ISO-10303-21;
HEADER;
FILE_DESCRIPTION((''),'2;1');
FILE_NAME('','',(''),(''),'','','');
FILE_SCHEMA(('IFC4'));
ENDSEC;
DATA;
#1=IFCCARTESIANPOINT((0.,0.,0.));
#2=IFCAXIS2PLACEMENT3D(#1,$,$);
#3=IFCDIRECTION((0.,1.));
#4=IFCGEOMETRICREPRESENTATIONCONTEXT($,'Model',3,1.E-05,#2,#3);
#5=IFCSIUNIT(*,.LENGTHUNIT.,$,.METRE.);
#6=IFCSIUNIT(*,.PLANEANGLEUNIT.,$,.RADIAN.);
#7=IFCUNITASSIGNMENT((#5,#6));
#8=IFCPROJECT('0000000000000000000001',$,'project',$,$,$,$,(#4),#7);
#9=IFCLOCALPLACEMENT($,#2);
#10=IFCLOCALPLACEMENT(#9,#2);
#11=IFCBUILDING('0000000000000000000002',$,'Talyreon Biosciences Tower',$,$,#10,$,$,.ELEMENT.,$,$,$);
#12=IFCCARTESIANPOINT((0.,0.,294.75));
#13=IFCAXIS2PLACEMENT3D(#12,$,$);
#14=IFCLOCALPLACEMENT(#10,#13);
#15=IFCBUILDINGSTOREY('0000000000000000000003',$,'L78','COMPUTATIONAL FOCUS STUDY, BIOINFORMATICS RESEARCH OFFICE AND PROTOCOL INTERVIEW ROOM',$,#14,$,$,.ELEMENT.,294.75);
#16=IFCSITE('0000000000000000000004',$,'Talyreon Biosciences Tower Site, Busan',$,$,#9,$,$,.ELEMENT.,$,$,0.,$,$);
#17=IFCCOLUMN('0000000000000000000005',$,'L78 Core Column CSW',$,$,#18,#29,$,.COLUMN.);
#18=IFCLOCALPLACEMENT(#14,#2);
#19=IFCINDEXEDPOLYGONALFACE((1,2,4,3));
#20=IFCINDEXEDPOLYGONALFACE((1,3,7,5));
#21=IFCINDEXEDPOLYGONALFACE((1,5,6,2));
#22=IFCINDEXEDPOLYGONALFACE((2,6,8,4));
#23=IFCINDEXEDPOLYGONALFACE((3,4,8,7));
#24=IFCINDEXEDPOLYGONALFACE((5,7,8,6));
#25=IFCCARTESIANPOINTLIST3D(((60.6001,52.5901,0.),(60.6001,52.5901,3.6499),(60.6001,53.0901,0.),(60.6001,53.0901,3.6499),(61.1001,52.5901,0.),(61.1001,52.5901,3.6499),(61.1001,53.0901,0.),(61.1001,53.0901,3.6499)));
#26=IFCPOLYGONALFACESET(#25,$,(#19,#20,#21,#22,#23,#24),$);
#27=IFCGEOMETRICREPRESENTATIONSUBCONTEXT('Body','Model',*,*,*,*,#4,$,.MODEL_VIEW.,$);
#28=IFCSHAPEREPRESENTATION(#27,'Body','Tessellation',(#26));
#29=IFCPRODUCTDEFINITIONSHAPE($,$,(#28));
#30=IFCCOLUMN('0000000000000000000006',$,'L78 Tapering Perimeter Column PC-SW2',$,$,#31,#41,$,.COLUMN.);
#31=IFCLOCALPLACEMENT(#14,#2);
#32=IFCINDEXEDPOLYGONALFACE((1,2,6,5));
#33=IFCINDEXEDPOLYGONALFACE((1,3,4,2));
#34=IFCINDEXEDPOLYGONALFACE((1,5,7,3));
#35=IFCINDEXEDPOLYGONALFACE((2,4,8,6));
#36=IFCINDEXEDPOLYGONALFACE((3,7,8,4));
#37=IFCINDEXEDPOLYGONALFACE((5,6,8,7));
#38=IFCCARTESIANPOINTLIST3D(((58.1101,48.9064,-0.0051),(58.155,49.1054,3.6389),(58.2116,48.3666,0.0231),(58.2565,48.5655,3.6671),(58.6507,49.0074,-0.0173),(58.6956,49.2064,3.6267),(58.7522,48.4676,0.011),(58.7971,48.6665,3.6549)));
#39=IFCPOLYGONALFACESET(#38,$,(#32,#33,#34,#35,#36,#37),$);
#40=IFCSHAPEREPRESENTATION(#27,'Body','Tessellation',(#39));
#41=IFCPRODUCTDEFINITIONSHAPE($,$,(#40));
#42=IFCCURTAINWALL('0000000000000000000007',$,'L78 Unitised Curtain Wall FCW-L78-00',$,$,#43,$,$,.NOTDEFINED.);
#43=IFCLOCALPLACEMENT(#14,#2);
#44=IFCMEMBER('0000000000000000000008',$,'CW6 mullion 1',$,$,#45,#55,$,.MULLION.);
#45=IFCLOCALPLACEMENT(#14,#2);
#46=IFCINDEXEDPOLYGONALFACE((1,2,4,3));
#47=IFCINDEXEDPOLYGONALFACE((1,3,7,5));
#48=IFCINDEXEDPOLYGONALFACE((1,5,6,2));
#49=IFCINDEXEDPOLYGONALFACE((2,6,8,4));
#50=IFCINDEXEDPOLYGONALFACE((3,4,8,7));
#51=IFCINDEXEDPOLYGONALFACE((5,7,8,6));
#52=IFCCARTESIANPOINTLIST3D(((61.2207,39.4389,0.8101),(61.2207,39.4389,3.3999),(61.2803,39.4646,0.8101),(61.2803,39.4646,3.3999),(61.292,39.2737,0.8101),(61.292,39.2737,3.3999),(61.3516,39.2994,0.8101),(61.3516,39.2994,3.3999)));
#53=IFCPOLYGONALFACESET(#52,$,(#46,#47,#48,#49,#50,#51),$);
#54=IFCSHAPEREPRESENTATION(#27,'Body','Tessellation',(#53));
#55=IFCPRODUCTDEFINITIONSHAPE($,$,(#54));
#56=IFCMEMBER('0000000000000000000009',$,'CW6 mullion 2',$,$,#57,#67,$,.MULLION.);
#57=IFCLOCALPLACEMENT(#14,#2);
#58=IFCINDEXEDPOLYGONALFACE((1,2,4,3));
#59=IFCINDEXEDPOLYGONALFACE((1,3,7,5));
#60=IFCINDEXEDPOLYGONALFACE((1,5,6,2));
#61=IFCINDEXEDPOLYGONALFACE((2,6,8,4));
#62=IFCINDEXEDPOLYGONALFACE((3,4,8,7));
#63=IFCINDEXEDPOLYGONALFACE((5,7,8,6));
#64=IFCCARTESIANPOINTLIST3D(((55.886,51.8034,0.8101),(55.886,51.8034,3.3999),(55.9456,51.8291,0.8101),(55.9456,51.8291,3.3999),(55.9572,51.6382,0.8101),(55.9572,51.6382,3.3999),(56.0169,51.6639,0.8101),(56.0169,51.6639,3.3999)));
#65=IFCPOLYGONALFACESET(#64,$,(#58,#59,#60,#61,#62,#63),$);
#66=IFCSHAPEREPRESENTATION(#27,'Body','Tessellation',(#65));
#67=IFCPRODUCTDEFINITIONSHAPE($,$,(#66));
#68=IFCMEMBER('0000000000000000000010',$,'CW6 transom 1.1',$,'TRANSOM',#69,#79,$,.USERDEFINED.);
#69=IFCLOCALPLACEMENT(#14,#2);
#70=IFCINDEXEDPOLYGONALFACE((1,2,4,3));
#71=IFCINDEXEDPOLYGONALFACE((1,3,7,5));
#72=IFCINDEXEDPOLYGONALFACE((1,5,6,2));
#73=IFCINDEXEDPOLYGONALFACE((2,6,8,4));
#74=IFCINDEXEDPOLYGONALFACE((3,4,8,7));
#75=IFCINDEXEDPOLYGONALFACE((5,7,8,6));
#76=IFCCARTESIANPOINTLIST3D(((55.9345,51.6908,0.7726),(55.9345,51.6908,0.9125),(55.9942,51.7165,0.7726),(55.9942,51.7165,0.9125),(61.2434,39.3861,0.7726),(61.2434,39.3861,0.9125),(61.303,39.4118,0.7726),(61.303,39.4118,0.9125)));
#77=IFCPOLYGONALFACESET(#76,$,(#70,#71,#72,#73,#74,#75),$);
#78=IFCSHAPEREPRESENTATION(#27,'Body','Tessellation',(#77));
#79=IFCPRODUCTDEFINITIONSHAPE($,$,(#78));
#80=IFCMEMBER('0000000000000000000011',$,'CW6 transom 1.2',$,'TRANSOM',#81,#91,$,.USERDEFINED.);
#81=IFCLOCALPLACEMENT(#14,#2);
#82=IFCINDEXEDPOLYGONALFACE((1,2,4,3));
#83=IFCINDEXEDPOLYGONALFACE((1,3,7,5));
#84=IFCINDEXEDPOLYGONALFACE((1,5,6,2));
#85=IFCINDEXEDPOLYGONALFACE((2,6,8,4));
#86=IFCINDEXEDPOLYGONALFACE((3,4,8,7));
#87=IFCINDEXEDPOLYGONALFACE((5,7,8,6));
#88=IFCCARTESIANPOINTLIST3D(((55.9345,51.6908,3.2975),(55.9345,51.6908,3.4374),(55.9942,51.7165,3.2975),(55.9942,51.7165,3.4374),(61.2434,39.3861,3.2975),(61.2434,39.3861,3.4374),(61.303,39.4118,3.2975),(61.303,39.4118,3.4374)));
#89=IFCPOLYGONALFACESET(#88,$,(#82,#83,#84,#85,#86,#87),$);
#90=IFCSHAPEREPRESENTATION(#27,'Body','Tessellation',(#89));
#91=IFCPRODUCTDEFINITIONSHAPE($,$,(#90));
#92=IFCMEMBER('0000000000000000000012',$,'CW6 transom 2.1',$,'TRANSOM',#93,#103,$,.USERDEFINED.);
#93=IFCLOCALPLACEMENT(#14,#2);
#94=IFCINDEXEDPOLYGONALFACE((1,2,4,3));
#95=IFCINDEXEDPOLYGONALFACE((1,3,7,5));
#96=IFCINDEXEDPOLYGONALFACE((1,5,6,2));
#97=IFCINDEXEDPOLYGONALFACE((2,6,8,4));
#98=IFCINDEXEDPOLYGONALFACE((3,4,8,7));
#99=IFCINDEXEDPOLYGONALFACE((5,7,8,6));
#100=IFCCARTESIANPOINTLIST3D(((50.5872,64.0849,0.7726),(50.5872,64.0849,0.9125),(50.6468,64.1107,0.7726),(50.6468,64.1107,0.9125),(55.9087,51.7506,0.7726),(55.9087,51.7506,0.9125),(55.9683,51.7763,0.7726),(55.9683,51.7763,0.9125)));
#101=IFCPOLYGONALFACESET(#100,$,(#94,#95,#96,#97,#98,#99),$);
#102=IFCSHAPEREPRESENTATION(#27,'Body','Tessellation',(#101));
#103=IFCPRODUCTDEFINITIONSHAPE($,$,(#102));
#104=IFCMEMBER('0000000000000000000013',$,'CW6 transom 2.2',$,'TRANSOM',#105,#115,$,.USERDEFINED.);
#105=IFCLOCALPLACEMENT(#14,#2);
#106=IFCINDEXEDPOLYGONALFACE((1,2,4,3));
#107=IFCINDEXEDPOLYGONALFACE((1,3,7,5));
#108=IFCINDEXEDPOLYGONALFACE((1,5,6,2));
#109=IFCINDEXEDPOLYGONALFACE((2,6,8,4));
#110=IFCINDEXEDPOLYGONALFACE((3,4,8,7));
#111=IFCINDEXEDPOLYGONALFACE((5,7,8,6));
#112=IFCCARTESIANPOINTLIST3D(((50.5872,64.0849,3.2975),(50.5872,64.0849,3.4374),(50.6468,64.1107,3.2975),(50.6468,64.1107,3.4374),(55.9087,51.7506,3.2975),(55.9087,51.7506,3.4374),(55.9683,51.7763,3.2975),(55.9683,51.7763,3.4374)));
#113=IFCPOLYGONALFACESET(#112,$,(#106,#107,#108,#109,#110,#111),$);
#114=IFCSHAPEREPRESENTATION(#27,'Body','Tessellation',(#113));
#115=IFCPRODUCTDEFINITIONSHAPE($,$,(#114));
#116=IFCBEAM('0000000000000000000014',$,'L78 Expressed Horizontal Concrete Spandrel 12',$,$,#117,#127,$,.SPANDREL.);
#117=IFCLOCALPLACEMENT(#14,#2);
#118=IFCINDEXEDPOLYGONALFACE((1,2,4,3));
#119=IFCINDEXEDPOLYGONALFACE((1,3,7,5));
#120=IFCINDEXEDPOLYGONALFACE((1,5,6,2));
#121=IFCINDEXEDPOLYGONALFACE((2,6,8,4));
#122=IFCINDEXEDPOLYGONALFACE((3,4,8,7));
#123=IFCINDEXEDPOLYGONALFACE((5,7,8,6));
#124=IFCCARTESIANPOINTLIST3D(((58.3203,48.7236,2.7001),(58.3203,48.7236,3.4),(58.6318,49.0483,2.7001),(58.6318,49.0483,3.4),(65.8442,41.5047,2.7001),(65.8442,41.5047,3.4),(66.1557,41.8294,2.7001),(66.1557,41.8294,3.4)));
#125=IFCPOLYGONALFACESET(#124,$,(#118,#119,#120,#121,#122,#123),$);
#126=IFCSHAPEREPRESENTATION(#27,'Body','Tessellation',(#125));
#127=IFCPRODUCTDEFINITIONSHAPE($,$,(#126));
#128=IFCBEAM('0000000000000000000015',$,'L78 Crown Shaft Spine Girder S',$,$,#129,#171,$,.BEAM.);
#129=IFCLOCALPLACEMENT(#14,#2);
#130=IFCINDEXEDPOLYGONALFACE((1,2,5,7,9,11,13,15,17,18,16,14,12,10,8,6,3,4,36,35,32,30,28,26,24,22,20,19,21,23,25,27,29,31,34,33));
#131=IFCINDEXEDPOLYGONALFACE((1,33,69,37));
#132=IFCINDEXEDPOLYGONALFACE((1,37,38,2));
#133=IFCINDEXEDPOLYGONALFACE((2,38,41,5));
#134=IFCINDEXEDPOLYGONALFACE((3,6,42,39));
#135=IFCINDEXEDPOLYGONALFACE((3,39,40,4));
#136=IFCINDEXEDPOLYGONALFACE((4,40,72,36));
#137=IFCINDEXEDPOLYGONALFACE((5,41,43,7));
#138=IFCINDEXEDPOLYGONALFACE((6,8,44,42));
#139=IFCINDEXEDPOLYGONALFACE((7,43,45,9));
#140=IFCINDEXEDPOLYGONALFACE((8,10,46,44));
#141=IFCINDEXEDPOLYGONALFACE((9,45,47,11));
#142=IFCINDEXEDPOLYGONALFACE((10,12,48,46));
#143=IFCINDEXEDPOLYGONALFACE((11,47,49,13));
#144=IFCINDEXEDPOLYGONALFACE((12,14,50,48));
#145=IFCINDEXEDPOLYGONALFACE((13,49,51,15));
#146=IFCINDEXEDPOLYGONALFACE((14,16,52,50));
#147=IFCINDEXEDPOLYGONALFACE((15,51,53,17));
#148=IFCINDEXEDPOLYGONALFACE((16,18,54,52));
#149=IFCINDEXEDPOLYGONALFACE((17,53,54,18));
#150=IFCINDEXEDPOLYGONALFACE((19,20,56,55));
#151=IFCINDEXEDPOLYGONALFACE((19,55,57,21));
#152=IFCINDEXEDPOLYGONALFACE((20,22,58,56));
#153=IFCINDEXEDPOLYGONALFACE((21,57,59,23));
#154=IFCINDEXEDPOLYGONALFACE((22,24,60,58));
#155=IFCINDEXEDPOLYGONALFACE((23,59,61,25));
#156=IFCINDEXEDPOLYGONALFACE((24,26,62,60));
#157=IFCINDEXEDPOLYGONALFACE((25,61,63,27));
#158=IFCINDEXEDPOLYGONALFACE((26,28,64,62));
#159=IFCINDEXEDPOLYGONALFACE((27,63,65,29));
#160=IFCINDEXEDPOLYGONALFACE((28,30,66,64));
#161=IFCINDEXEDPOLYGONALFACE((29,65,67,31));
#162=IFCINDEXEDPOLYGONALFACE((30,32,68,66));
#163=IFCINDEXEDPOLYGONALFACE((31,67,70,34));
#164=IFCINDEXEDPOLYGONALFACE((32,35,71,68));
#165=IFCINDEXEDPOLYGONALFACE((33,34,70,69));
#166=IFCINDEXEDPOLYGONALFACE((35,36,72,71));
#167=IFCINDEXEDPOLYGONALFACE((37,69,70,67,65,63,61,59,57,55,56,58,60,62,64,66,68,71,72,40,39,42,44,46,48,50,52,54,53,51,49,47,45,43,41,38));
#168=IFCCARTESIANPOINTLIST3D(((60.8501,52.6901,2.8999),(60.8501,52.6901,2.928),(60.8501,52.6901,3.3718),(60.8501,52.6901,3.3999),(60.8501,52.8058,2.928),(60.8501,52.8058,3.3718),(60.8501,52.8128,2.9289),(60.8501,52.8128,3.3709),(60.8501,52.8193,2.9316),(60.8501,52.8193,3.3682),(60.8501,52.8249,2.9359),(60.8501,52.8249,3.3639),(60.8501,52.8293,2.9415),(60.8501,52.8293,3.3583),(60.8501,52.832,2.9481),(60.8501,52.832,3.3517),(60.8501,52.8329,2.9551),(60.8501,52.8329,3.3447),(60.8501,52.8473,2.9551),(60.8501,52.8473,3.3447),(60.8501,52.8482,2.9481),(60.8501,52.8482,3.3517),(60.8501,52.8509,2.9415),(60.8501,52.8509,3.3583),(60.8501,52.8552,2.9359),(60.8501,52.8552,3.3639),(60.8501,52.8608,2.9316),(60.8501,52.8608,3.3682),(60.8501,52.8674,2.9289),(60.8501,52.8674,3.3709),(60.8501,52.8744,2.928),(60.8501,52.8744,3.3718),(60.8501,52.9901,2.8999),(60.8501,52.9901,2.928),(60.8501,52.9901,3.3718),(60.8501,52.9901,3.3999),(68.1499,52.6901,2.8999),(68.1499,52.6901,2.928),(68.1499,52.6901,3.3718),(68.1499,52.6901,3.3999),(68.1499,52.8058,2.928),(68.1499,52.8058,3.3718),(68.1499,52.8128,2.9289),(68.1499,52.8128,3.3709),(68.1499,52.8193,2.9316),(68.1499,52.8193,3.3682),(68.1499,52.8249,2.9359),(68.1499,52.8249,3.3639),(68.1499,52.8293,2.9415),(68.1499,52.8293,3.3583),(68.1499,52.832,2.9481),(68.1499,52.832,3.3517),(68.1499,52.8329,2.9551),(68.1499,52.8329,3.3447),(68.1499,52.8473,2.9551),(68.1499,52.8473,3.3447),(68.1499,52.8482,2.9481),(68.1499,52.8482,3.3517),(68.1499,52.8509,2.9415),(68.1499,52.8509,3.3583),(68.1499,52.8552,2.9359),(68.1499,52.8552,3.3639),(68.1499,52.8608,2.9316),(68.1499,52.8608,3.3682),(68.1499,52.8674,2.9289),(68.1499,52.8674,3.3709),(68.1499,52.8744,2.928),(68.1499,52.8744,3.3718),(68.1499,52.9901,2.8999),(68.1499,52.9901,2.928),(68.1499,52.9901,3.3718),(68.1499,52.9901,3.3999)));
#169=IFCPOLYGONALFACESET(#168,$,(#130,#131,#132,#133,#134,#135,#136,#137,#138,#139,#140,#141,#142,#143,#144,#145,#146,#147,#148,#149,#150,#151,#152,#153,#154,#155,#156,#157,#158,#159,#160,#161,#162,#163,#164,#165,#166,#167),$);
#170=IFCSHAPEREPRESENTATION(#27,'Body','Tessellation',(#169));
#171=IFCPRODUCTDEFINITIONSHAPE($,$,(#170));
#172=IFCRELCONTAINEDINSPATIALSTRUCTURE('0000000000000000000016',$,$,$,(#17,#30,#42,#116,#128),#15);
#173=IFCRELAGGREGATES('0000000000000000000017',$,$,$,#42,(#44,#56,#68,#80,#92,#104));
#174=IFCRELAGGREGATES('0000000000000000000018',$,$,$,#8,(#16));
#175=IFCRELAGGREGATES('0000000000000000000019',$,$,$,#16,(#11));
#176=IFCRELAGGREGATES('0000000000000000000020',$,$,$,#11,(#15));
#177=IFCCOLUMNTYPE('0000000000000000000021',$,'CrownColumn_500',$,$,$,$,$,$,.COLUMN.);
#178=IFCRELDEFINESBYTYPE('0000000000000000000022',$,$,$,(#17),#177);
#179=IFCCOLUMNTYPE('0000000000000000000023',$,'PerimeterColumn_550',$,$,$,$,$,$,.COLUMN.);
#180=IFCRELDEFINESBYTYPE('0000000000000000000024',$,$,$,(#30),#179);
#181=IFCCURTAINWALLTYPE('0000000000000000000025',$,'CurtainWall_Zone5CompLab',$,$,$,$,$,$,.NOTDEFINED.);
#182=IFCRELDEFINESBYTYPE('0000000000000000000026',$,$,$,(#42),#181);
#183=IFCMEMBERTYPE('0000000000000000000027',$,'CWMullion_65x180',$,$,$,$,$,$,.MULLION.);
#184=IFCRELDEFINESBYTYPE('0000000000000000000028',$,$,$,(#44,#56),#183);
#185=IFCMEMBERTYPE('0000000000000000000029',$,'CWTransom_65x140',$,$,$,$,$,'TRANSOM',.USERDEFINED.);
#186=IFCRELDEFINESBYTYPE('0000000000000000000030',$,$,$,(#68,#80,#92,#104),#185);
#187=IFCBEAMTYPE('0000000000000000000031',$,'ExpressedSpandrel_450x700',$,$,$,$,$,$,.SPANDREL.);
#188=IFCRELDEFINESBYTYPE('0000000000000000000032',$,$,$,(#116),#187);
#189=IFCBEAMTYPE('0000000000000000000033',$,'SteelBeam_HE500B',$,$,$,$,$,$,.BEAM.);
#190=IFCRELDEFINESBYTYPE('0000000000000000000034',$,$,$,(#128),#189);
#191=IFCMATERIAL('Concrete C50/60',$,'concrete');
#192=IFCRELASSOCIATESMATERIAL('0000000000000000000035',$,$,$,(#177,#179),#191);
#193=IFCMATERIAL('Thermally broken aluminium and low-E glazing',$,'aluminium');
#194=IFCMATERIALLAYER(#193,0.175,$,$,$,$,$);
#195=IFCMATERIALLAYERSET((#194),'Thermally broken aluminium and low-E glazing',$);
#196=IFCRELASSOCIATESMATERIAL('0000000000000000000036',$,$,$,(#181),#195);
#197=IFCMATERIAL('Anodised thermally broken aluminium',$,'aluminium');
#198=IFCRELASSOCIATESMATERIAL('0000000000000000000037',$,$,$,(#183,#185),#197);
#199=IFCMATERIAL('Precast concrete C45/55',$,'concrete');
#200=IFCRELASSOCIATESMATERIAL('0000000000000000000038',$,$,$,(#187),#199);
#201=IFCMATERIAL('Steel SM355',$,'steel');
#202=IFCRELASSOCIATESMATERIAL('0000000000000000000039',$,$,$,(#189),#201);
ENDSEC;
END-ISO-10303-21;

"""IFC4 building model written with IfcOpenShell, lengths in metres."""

from ifc_helpers import new_model, si_unit, direction, frame, origin, origin_2d, place, context, subcontext, project, spatial, rectangle, i_section, extrude, material, layer, layer_set, material_profile, profile_set, type_object, element, aggregate, save


model = new_model("IFC4")

# Units and contexts
model_context = context("Model", 3, precision=1e-05, world=origin(), true_north=direction((0.0, 1.0)))
body_context = subcontext(model_context, "Body", "Model", "MODEL_VIEW")
ifc_project = project(units=[si_unit("LENGTHUNIT", "METRE"), si_unit("PLANEANGLEUNIT", "RADIAN")], contexts=[model_context])

# Site, building, storey
site_placement = place(None, origin())
site = spatial("IfcSite", under=ifc_project, at=site_placement, Name="Talyreon Biosciences Tower Site, Busan", CompositionType="ELEMENT", RefElevation=0.0)
building_placement = place(site_placement, origin())
building = spatial("IfcBuilding", under=site, at=building_placement, Name="Talyreon Biosciences Tower", CompositionType="ELEMENT")
storey_placement = place(building_placement, frame((0.0, 0.0, 294.75)))
storey = spatial("IfcBuildingStorey", under=building, at=storey_placement, Name="L78", Description="COMPUTATIONAL FOCUS STUDY, BIOINFORMATICS RESEARCH OFFICE AND PROTOCOL INTERVIEW ROOM", CompositionType="ELEMENT", Elevation=294.75)

# Columns
ifc_material_1 = material(Name="Concrete C50/60", Category="concrete")
ifc_material_profile_1 = material_profile(ifc_material_1, rectangle(XDim=0.5, YDim=0.5, at=origin_2d()), Name="RC 500x500")
ifc_profile_set_1 = profile_set([ifc_material_profile_1], Name="Concrete C50/60")
column_type_1 = type_object("IfcColumnType", Name="CrownColumn_500", PredefinedType="COLUMN", material=ifc_profile_set_1)
column_1_placement = place(storey_placement, frame((60.8501, 52.8401, 0.0), z_axis=(0.0, 0.0, 1.0), x_axis=(1.0, 0.0, 0.0)))
element("IfcColumn", 1, at=column_1_placement, inside=storey, type_object=column_type_1, Name="L78 Core Column CSW", PredefinedType="COLUMN", context=body_context, shape_type="SweptSolid", body=[
    extrude(rectangle(XDim=0.5, YDim=0.5, at=origin_2d()), origin(), (0.0, 0.0, 1.0), 3.6499),
])
ifc_material_profile_2 = material_profile(ifc_material_1, rectangle(XDim=0.55, YDim=0.55, at=origin_2d()), Name="RC 550x550")
ifc_profile_set_2 = profile_set([ifc_material_profile_2], Name="Concrete C50/60")
column_type_2 = type_object("IfcColumnType", Name="PerimeterColumn_550", PredefinedType="COLUMN", material=ifc_profile_set_2)
column_2_placement = place(storey_placement, frame((58.4312, 48.687, 0.0029), z_axis=(0.012308, 0.054517, 0.998437), x_axis=(-0.184538, 0.981485, -0.051317)))
element("IfcColumn", 2, at=column_2_placement, inside=storey, type_object=column_type_2, Name="L78 Tapering Perimeter Column PC-SW2", PredefinedType="COLUMN", context=body_context, shape_type="SweptSolid", body=[
    extrude(rectangle(XDim=0.55, YDim=0.55, at=origin_2d()), origin(), (0.0, 0.0, 1.0), 3.6497),
])

# Curtain wall, members
ifc_material_2 = material(Name="Thermally broken aluminium and low-E glazing", Category="aluminium")
ifc_layer_1 = layer(ifc_material_2, 0.175)
ifc_layer_set_1 = layer_set([ifc_layer_1], Name="Thermally broken aluminium and low-E glazing")
curtain_wall_type = type_object("IfcCurtainWallType", Name="CurtainWall_Zone5CompLab", PredefinedType="NOTDEFINED", material=ifc_layer_set_1)
curtain_wall_placement = place(storey_placement, origin())
curtain_wall = element("IfcCurtainWall", 3, at=curtain_wall_placement, inside=storey, type_object=curtain_wall_type, Name="L78 Unitised Curtain Wall FCW-L78-00", PredefinedType="NOTDEFINED")
ifc_material_3 = material(Name="Anodised thermally broken aluminium", Category="aluminium")
ifc_material_profile_3 = material_profile(ifc_material_3, rectangle(XDim=0.0649, YDim=0.1799, at=origin_2d()), Name="ALUM MULLION 65x180")
ifc_profile_set_3 = profile_set([ifc_material_profile_3], Name="Anodised thermally broken aluminium")
member_type_1 = type_object("IfcMemberType", Name="CWMullion_65x180", PredefinedType="MULLION", material=ifc_profile_set_3)
member_1_placement = place(storey_placement, frame((61.2861, 39.3691, 0.8101), z_axis=(0.0, 0.0, 1.0), x_axis=(-0.918187, -0.396147, 0.0)))
member_1 = element("IfcMember", 4, at=member_1_placement, type_object=member_type_1, Name="CW6 mullion 1", PredefinedType="MULLION", context=body_context, shape_type="SweptSolid", body=[
    extrude(rectangle(XDim=0.0649, YDim=0.1799, at=origin_2d()), origin(), (0.0, 0.0, 1.0), 2.5898),
])
member_2_placement = place(storey_placement, frame((55.9514, 51.7336, 0.8101), z_axis=(0.0, 0.0, 1.0), x_axis=(-0.918187, -0.396147, 0.0)))
member_2 = element("IfcMember", 5, at=member_2_placement, type_object=member_type_1, Name="CW6 mullion 2", PredefinedType="MULLION", context=body_context, shape_type="SweptSolid", body=[
    extrude(rectangle(XDim=0.0649, YDim=0.1799, at=origin_2d()), origin(), (0.0, 0.0, 1.0), 2.5898),
])
ifc_material_profile_4 = material_profile(ifc_material_3, rectangle(XDim=0.0649, YDim=0.1399, at=origin_2d()), Name="ALUM TRANSOM 65x140")
ifc_profile_set_4 = profile_set([ifc_material_profile_4], Name="Anodised thermally broken aluminium")
member_type_2 = type_object("IfcMemberType", Name="CWTransom_65x140", ElementType="TRANSOM", PredefinedType="USERDEFINED", material=ifc_profile_set_4)
member_3_placement = place(storey_placement, frame((61.2732, 39.3989, 0.8425), z_axis=(-0.39615, 0.918186, 0.0), x_axis=(-0.918186, -0.39615, 0.0)))
member_3 = element("IfcMember", 6, at=member_3_placement, type_object=member_type_2, Name="CW6 transom 1.1", ObjectType="TRANSOM", PredefinedType="USERDEFINED", context=body_context, shape_type="SweptSolid", body=[
    extrude(rectangle(XDim=0.0649, YDim=0.1399, at=origin_2d()), origin(), (0.0, 0.0, 1.0), 13.4011),
])
member_4_placement = place(storey_placement, frame((61.2732, 39.3989, 3.3674), z_axis=(-0.39615, 0.918186, 0.0), x_axis=(-0.918186, -0.39615, 0.0)))
member_4 = element("IfcMember", 7, at=member_4_placement, type_object=member_type_2, Name="CW6 transom 1.2", ObjectType="TRANSOM", PredefinedType="USERDEFINED", context=body_context, shape_type="SweptSolid", body=[
    extrude(rectangle(XDim=0.0649, YDim=0.1399, at=origin_2d()), origin(), (0.0, 0.0, 1.0), 13.4011),
])
member_5_placement = place(storey_placement, frame((55.9385, 51.7634, 0.8425), z_axis=(-0.39614, 0.91819, 0.0), x_axis=(-0.91819, -0.39614, 0.0)))
member_5 = element("IfcMember", 8, at=member_5_placement, type_object=member_type_2, Name="CW6 transom 2.1", ObjectType="TRANSOM", PredefinedType="USERDEFINED", context=body_context, shape_type="SweptSolid", body=[
    extrude(rectangle(XDim=0.0649, YDim=0.1399, at=origin_2d()), origin(), (0.0, 0.0, 1.0), 13.4333),
])
member_6_placement = place(storey_placement, frame((55.9385, 51.7634, 3.3674), z_axis=(-0.39614, 0.91819, 0.0), x_axis=(-0.91819, -0.39614, 0.0)))
member_6 = element("IfcMember", 9, at=member_6_placement, type_object=member_type_2, Name="CW6 transom 2.2", ObjectType="TRANSOM", PredefinedType="USERDEFINED", context=body_context, shape_type="SweptSolid", body=[
    extrude(rectangle(XDim=0.0649, YDim=0.1399, at=origin_2d()), origin(), (0.0, 0.0, 1.0), 13.4333),
])

# Beams
ifc_material_4 = material(Name="Precast concrete C45/55", Category="concrete")
ifc_material_profile_5 = material_profile(ifc_material_4, rectangle(XDim=0.45, YDim=0.7, at=origin_2d()), Name="RCB 450x700")
ifc_profile_set_5 = profile_set([ifc_material_profile_5], Name="Precast concrete C45/55")
beam_type_1 = type_object("IfcBeamType", Name="ExpressedSpandrel_450x700", PredefinedType="SPANDREL", material=ifc_profile_set_5)
beam_1_placement = place(storey_placement, frame((58.4761, 48.886, 3.05), z_axis=(0.721578, -0.692333, 0.0), x_axis=(0.692333, 0.721578, 0.0)))
element("IfcBeam", 10, at=beam_1_placement, inside=storey, type_object=beam_type_1, Name="L78 Expressed Horizontal Concrete Spandrel 12", PredefinedType="SPANDREL", context=body_context, shape_type="SweptSolid", body=[
    extrude(rectangle(XDim=0.45, YDim=0.7, at=origin_2d()), origin(), (0.0, 0.0, 1.0), 10.427),
])
ifc_material_5 = material(Name="Steel SM355", Category="steel")
ifc_material_profile_6 = material_profile(ifc_material_5, i_section(OverallWidth=0.3, OverallDepth=0.5, WebThickness=0.0144, FlangeThickness=0.0281, FilletRadius=0.0271, at=origin_2d()), Name="HE500B")
ifc_profile_set_6 = profile_set([ifc_material_profile_6], Name="Steel SM355")
beam_type_2 = type_object("IfcBeamType", Name="SteelBeam_HE500B", PredefinedType="BEAM", material=ifc_profile_set_6)
beam_2_placement = place(storey_placement, frame((60.8501, 52.8401, 3.1499), z_axis=(1.0, 0.0, 0.0), x_axis=(0.0, 1.0, 0.0)))
element("IfcBeam", 11, at=beam_2_placement, inside=storey, type_object=beam_type_2, Name="L78 Crown Shaft Spine Girder S", PredefinedType="BEAM", context=body_context, shape_type="SweptSolid", body=[
    extrude(i_section(OverallWidth=0.3, OverallDepth=0.5, WebThickness=0.0144, FlangeThickness=0.0281, FilletRadius=0.0271, at=origin_2d()), origin(), (0.0, 0.0, 1.0), 7.2998),
])

aggregate(curtain_wall, [member_1, member_2, member_3, member_4, member_5, member_6])

save(model, "model.ifc")
